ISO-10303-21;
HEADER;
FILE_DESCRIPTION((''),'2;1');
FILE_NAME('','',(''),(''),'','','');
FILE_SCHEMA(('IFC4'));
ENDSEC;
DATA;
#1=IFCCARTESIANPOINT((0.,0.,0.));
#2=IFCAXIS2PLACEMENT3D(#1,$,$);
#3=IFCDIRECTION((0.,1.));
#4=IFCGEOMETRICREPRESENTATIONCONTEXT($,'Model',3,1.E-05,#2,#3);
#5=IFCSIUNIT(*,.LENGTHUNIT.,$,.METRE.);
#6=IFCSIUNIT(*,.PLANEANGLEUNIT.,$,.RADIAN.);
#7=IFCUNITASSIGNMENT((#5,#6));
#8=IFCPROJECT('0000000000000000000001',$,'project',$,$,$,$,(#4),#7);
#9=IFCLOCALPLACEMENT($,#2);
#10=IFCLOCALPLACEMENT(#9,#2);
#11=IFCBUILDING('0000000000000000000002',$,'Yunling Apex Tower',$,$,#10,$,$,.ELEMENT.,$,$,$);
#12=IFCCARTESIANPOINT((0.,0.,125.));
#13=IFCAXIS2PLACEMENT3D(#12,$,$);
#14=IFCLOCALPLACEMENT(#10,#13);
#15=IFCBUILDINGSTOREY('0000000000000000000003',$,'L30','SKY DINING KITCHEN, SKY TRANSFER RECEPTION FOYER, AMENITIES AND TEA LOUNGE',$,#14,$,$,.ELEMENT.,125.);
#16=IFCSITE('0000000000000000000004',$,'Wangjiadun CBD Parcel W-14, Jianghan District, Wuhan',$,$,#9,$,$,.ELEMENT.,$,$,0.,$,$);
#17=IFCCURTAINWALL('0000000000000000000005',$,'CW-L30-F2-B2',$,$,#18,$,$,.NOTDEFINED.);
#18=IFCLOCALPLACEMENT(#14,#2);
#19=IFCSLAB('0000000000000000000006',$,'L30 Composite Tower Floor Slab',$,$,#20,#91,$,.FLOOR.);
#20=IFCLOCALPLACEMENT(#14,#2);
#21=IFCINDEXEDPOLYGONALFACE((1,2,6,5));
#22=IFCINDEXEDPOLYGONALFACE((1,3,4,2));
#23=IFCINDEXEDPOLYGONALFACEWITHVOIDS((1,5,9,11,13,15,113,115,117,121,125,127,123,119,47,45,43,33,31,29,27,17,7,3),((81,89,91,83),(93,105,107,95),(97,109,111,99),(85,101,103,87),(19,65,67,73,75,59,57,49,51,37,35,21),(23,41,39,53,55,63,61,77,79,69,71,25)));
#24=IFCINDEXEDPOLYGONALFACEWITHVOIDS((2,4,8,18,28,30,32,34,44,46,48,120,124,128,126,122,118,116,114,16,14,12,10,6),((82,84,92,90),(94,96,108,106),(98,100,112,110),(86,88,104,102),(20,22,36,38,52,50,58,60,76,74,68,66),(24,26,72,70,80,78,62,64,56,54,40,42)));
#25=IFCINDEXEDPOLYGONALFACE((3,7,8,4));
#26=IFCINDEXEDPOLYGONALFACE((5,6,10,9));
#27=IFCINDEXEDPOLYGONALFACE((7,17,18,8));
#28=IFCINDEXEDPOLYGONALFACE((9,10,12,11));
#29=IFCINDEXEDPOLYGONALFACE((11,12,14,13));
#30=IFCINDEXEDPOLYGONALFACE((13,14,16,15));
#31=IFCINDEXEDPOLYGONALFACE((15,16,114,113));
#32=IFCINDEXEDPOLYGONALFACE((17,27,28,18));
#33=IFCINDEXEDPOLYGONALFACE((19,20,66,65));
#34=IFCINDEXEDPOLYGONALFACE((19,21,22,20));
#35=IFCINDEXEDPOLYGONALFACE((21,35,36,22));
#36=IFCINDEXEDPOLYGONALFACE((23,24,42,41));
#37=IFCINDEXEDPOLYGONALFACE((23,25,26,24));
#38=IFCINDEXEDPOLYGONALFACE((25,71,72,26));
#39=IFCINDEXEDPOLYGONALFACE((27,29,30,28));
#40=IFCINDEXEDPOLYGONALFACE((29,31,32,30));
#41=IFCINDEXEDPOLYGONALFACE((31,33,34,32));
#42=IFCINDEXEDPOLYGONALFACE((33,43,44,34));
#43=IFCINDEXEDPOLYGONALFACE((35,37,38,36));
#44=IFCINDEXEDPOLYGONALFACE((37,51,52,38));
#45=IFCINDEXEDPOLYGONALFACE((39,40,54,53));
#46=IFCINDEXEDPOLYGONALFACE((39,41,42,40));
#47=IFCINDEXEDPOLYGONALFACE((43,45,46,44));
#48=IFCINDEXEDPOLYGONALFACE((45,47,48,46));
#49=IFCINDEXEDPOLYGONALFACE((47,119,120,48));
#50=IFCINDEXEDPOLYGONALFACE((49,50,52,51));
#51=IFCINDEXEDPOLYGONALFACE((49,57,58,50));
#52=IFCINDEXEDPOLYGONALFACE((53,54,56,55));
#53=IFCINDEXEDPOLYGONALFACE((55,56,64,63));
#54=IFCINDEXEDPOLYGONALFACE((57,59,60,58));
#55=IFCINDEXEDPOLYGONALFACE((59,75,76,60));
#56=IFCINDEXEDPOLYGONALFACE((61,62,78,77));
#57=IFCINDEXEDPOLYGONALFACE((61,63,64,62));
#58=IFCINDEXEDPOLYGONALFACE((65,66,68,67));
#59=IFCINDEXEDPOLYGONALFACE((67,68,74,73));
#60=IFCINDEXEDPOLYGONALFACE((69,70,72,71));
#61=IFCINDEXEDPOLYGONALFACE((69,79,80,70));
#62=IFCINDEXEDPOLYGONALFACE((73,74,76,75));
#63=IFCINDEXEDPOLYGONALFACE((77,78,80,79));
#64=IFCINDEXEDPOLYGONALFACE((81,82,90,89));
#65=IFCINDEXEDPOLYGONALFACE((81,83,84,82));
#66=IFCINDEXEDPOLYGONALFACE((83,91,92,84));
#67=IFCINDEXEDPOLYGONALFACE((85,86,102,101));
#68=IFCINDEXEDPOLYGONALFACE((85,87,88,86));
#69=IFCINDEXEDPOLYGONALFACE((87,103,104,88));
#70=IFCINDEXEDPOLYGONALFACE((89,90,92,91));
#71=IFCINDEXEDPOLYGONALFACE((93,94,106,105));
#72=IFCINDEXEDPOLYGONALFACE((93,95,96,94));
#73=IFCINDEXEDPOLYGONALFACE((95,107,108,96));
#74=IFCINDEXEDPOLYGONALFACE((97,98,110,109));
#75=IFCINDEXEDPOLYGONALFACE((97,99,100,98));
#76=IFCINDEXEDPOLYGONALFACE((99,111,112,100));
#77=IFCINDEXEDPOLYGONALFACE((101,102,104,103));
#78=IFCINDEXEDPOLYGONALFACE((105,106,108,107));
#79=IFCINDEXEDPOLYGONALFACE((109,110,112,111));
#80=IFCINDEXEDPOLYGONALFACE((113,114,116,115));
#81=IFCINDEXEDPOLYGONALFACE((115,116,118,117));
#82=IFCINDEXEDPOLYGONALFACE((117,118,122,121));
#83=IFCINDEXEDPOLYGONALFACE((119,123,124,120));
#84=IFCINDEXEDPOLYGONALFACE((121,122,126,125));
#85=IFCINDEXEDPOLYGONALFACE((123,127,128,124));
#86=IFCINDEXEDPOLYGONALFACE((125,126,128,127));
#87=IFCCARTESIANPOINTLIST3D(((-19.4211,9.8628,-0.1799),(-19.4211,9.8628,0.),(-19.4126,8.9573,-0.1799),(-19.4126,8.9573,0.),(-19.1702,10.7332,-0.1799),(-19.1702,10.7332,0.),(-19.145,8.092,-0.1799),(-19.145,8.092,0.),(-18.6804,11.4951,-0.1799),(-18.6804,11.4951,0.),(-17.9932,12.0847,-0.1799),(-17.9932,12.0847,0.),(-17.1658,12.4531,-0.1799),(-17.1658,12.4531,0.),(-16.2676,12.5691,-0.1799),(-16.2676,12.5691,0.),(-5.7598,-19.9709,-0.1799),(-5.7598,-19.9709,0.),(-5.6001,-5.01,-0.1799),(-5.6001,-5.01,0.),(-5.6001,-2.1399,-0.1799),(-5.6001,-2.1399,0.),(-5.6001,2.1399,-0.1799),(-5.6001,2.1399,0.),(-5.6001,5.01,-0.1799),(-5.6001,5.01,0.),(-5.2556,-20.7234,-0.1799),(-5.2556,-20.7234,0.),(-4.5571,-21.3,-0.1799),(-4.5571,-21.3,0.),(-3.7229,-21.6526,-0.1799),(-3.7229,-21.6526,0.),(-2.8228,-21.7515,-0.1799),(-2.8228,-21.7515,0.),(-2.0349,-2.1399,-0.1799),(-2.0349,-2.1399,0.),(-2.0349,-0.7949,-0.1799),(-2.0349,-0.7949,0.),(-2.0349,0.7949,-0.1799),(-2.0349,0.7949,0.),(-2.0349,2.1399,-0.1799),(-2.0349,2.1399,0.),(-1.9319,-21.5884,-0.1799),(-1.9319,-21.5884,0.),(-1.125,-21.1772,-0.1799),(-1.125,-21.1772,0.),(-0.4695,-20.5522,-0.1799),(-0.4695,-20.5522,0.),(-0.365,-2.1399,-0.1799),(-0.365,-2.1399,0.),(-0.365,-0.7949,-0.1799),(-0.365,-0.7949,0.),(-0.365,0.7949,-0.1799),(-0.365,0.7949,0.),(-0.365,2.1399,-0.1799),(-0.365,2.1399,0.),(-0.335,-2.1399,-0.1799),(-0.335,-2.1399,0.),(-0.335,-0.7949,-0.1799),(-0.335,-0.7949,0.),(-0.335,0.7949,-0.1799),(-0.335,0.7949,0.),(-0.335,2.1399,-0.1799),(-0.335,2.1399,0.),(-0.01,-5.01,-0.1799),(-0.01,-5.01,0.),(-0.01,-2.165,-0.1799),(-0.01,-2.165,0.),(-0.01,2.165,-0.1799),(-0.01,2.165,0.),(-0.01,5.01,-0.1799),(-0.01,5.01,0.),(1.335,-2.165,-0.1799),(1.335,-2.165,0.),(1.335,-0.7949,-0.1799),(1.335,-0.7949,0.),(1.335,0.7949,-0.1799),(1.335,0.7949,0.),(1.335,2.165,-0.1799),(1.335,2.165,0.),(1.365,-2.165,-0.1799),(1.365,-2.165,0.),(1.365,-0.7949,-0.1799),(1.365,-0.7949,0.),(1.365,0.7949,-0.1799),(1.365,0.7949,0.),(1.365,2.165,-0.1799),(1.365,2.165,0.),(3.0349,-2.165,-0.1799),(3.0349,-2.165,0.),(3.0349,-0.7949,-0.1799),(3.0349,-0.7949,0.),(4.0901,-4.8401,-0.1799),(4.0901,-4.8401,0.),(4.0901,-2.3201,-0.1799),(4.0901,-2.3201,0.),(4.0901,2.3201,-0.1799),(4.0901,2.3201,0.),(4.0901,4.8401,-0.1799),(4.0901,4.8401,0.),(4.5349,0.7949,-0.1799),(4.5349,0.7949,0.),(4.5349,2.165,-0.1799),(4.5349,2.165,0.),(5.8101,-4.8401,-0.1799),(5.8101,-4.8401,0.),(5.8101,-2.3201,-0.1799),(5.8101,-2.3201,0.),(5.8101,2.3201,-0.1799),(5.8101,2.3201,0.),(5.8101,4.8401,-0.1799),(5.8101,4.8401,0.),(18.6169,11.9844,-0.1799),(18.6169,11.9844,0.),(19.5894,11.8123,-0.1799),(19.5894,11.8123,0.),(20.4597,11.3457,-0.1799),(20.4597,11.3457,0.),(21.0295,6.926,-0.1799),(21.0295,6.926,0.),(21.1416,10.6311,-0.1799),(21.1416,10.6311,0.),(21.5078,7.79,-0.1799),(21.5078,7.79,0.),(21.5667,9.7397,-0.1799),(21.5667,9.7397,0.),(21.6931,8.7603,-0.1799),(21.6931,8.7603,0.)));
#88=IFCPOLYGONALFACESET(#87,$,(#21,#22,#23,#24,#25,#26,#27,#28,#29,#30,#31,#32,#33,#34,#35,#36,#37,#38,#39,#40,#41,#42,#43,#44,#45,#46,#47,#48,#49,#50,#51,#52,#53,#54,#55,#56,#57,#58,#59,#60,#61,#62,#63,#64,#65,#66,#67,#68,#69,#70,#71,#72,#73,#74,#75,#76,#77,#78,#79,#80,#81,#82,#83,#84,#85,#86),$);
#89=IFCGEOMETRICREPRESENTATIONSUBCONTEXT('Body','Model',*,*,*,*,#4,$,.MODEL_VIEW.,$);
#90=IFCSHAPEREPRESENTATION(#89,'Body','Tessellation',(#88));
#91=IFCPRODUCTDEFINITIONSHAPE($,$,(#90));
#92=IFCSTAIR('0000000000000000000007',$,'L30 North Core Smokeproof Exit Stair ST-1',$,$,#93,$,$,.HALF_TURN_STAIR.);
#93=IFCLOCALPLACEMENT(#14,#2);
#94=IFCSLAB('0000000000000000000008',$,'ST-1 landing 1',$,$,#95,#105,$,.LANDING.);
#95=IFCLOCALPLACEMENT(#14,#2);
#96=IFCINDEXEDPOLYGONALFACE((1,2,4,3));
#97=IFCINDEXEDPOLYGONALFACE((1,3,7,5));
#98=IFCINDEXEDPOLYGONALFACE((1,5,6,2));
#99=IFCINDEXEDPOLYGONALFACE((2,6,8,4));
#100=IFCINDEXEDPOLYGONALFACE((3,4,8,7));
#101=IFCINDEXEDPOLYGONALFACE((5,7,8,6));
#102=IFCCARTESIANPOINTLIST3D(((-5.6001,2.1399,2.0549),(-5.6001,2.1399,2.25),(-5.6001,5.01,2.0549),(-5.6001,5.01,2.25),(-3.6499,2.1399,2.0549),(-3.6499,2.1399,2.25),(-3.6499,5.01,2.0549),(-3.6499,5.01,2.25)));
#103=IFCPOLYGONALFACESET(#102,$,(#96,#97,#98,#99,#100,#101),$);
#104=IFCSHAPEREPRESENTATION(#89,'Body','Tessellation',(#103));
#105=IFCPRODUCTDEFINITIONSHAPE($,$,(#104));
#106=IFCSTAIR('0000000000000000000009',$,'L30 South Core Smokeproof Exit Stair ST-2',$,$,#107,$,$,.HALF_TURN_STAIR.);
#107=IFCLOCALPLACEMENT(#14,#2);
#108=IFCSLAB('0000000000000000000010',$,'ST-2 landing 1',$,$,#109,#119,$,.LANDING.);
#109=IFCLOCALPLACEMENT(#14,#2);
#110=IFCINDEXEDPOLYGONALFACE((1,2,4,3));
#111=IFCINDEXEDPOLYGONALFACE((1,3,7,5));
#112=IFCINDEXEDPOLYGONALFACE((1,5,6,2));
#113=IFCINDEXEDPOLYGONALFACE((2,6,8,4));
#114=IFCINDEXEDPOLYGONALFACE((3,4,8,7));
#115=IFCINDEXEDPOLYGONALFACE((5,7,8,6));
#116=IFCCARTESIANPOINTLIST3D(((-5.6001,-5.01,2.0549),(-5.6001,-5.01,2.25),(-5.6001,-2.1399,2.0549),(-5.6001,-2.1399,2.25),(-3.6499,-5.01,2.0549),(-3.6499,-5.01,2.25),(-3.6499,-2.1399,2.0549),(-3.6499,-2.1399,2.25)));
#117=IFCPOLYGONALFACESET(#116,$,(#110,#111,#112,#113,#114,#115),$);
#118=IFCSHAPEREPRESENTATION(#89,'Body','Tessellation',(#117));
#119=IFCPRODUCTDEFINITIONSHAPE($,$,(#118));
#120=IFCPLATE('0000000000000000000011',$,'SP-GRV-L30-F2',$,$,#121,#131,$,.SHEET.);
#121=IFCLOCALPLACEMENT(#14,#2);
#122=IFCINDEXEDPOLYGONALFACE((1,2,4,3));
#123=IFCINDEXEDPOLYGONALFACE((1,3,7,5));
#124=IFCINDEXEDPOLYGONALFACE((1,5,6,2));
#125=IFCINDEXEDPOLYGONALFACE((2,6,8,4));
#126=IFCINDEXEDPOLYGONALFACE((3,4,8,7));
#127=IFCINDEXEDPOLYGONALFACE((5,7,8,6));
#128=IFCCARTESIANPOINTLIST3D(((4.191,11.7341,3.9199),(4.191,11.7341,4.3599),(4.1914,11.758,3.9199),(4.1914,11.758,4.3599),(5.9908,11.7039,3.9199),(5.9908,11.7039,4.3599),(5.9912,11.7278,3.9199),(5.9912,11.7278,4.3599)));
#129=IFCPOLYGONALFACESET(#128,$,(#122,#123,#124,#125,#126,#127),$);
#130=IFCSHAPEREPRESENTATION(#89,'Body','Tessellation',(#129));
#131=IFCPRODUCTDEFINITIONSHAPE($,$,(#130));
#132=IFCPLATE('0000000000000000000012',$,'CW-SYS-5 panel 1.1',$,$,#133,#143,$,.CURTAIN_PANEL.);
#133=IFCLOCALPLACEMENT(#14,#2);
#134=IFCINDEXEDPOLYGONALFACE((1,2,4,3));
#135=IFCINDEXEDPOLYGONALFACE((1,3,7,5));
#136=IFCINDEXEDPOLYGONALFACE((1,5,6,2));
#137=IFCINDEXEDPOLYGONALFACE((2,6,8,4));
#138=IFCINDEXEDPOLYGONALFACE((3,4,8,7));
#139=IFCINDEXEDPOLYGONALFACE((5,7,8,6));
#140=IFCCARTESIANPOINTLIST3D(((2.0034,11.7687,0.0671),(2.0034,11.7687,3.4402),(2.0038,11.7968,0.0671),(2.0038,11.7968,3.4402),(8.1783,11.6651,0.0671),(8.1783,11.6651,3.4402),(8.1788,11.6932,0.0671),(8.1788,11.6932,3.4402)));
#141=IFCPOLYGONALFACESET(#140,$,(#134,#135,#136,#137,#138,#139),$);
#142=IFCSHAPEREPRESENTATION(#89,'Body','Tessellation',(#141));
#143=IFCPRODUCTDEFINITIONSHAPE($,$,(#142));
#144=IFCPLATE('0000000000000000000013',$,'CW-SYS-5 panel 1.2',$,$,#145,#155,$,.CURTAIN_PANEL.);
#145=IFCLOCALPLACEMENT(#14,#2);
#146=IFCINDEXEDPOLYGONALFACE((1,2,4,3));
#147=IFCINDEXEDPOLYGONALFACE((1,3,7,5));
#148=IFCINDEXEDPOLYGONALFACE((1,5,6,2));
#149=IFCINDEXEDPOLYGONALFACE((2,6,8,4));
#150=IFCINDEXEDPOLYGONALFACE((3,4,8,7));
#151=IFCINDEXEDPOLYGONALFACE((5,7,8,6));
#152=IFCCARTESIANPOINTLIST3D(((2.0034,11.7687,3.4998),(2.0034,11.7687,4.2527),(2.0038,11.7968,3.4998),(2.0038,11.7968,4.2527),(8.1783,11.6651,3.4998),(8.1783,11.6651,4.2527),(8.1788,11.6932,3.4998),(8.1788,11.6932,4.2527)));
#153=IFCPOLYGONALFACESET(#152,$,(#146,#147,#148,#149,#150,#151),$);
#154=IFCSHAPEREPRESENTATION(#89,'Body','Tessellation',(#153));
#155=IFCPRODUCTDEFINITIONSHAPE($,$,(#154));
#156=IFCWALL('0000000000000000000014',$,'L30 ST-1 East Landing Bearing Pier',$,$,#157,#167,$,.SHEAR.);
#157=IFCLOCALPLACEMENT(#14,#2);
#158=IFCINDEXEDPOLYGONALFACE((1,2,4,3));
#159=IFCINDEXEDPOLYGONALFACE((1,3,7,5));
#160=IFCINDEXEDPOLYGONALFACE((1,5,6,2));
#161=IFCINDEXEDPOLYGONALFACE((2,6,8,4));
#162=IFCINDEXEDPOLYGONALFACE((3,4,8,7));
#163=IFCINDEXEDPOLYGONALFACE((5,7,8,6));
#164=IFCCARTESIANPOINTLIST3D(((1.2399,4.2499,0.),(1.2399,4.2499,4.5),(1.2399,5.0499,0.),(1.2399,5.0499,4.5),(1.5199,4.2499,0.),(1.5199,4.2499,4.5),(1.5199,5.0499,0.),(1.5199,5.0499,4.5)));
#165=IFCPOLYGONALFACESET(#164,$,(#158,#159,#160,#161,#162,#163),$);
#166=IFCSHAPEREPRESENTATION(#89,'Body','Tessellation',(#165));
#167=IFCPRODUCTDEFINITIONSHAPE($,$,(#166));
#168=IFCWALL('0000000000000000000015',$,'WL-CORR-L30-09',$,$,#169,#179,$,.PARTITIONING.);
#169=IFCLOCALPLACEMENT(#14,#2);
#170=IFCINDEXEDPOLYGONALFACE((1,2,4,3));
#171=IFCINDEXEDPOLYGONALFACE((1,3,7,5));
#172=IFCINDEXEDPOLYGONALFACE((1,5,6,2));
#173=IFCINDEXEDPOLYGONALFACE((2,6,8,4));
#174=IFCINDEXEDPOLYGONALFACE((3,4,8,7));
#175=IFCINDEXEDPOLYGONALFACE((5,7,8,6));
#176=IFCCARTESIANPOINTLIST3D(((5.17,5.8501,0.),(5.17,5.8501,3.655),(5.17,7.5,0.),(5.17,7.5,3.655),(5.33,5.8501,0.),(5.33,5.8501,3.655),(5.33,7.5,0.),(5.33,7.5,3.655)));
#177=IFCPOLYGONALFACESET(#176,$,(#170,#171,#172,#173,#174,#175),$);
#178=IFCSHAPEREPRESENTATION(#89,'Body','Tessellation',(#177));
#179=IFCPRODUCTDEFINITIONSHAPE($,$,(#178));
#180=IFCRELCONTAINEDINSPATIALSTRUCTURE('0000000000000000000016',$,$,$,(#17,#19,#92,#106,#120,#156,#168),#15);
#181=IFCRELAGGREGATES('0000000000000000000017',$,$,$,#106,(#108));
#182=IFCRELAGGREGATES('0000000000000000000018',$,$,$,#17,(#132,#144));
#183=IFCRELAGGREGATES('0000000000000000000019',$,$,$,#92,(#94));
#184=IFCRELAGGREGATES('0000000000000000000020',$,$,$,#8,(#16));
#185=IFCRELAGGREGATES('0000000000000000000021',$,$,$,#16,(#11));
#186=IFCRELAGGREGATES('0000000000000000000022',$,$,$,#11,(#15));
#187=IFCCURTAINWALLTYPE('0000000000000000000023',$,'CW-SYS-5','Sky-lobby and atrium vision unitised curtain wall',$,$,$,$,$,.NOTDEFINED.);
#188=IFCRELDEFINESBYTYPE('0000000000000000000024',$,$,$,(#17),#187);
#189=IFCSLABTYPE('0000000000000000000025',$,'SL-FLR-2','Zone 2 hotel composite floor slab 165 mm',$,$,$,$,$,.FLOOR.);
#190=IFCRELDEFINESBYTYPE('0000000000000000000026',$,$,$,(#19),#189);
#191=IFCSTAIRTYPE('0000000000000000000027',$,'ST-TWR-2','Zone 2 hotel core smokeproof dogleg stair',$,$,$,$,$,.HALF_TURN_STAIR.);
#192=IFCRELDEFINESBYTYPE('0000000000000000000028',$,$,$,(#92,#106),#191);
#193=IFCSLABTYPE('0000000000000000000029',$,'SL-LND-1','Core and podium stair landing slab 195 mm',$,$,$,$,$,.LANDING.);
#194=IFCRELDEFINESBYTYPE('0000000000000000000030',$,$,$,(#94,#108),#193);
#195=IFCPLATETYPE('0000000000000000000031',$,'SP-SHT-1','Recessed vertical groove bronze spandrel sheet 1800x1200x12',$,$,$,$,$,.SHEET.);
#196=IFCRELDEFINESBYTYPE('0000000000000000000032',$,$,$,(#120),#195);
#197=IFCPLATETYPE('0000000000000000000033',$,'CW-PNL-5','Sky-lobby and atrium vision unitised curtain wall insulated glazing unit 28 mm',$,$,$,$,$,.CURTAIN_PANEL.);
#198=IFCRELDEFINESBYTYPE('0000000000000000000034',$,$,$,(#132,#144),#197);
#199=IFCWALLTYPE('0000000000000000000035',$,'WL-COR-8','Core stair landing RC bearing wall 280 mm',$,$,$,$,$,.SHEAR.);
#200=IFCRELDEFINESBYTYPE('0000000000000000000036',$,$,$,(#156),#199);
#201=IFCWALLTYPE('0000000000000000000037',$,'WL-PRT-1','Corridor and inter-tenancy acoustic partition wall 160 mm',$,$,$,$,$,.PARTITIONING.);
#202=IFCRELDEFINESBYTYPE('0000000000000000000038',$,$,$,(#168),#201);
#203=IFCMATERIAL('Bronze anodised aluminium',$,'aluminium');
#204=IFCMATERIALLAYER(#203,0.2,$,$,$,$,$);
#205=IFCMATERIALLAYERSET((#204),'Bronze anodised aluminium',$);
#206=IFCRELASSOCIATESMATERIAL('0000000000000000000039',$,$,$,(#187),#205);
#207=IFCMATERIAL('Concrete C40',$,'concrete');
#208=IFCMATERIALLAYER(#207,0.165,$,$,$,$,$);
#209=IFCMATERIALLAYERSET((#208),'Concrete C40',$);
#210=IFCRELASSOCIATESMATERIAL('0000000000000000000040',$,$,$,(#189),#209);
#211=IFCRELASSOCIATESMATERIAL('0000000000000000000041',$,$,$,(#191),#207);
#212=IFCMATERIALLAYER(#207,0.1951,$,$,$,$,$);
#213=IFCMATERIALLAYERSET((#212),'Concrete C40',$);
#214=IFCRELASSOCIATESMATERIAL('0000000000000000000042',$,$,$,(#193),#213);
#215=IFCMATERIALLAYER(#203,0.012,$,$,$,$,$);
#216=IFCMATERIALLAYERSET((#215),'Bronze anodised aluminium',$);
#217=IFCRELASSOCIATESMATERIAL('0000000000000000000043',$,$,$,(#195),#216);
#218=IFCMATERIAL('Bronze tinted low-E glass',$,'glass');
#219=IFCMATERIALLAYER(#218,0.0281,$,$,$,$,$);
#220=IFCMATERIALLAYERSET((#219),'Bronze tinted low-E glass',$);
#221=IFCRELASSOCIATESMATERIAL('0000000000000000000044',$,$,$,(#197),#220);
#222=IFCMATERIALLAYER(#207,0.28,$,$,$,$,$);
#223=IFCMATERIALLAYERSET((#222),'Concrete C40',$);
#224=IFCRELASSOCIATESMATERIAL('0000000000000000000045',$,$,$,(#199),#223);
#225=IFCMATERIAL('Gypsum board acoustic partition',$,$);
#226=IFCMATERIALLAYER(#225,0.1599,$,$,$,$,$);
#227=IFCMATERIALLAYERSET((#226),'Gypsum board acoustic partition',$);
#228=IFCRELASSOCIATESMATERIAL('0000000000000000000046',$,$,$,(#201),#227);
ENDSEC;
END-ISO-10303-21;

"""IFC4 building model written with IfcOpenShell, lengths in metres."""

from ifc_helpers import new_model, si_unit, direction, frame, frame_2d, origin, origin_2d, place, context, subcontext, project, spatial, polyline, rectangle, outline, extrude, source, transform, mapped, material, layer, layer_set, type_object, element, aggregate, save


model = new_model("IFC4")

# Units and contexts
model_context = context("Model", 3, precision=1e-05, world=origin(), true_north=direction((0.0, 1.0)))
body_context = subcontext(model_context, "Body", "Model", "MODEL_VIEW")
ifc_project = project(units=[si_unit("LENGTHUNIT", "METRE"), si_unit("PLANEANGLEUNIT", "RADIAN")], contexts=[model_context])

# Site, building, storey
site_placement = place(None, origin())
site = spatial("IfcSite", under=ifc_project, at=site_placement, Name="Wangjiadun CBD Parcel W-14, Jianghan District, Wuhan", CompositionType="ELEMENT", RefElevation=0.0)
building_placement = place(site_placement, origin())
building = spatial("IfcBuilding", under=site, at=building_placement, Name="Yunling Apex Tower", CompositionType="ELEMENT")
storey_placement = place(building_placement, frame((0.0, 0.0, 125.0)))
storey = spatial("IfcBuildingStorey", under=building, at=storey_placement, Name="L30", Description="SKY DINING KITCHEN, SKY TRANSFER RECEPTION FOYER, AMENITIES AND TEA LOUNGE", CompositionType="ELEMENT", Elevation=125.0)

# Curtain wall
ifc_material_1 = material(Name="Bronze anodised aluminium", Category="aluminium")
ifc_layer_1 = layer(ifc_material_1, 0.2)
ifc_layer_set_1 = layer_set([ifc_layer_1], Name="Bronze anodised aluminium")
curtain_wall_type = type_object("IfcCurtainWallType", Name="CW-SYS-5", Description="Sky-lobby and atrium vision unitised curtain wall", PredefinedType="NOTDEFINED", material=ifc_layer_set_1)
curtain_wall_1_placement = place(storey_placement, origin())
curtain_wall_1 = element("IfcCurtainWall", 1, at=curtain_wall_1_placement, inside=storey, type_object=curtain_wall_type, Name="CW-L30-F2-B2", PredefinedType="NOTDEFINED")

# Slab
ifc_material_2 = material(Name="Concrete C40", Category="concrete")
ifc_layer_2 = layer(ifc_material_2, 0.165)
ifc_layer_set_2 = layer_set([ifc_layer_2], Name="Concrete C40")
slab_type_1 = type_object("IfcSlabType", Name="SL-FLR-2", Description="Zone 2 hotel composite floor slab 165 mm", PredefinedType="FLOOR", material=ifc_layer_set_2)
slab_1_placement = place(storey_placement, frame((0.0, 0.0, -0.1799)))
element("IfcSlab", 2, at=slab_1_placement, inside=storey, type_object=slab_type_1, Name="L30 Composite Tower Floor Slab", PredefinedType="FLOOR", context=body_context, shape_type="SweptSolid", body=[
    extrude(outline(polyline([(-5.7598, -19.9709), (-5.2556, -20.7234), (-4.5571, -21.3), (-3.7229, -21.6526), (-2.8228, -21.7515), (-1.9319, -21.5884), (-1.125, -21.1772), (-0.4695, -20.5522), (21.0295, 6.926), (21.5078, 7.79), (21.6931, 8.7603), (21.5667, 9.7397), (21.1416, 10.6311), (20.4597, 11.3457), (19.5894, 11.8123), (18.6169, 11.9844), (-16.2676, 12.5691), (-17.1658, 12.4531), (-17.9932, 12.0847), (-18.6804, 11.4951), (-19.1702, 10.7332), (-19.4211, 9.8628), (-19.4126, 8.9573), (-19.145, 8.092), (-5.7598, -19.9709)]), holes=[polyline([(5.8101, -2.3201), (5.8101, -4.8401), (4.0901, -4.8401), (4.0901, -2.3201), (5.8101, -2.3201)]), polyline([(5.8101, 4.8401), (5.8101, 2.3201), (4.0901, 2.3201), (4.0901, 4.8401), (5.8101, 4.8401)]), polyline([(4.5349, 0.7949), (1.365, 0.7949), (1.365, 2.165), (4.5349, 2.165), (4.5349, 0.7949)]), polyline([(3.0349, -0.7949), (3.0349, -2.165), (1.365, -2.165), (1.365, -0.7949), (3.0349, -0.7949)]), polyline([(-2.0349, -0.7949), (-0.365, -0.7949), (-0.365, -2.1399), (-0.335, -2.1399), (-0.335, -0.7949), (1.335, -0.7949), (1.335, -2.165), (-0.01, -2.165), (-0.01, -5.01), (-5.6001, -5.01), (-5.6001, -2.1399), (-2.0349, -2.1399), (-2.0349, -0.7949)]), polyline([(-5.6001, 2.1399), (-5.6001, 5.01), (-0.01, 5.01), (-0.01, 2.165), (1.335, 2.165), (1.335, 0.7949), (-0.335, 0.7949), (-0.335, 2.1399), (-0.365, 2.1399), (-0.365, 0.7949), (-2.0349, 0.7949), (-2.0349, 2.1399), (-5.6001, 2.1399)])]), origin(), (0.0, 0.0, 1.0), 0.1799),
])

# Stairs, slabs
stair_type = type_object("IfcStairType", Name="ST-TWR-2", Description="Zone 2 hotel core smokeproof dogleg stair", PredefinedType="HALF_TURN_STAIR", material=ifc_material_2)
stair_1_placement = place(storey_placement, origin())
stair_1 = element("IfcStair", 3, at=stair_1_placement, inside=storey, type_object=stair_type, Name="L30 North Core Smokeproof Exit Stair ST-1", PredefinedType="HALF_TURN_STAIR")
ifc_layer_3 = layer(ifc_material_2, 0.1951)
ifc_layer_set_3 = layer_set([ifc_layer_3], Name="Concrete C40")
slab_type_2 = type_object("IfcSlabType", Name="SL-LND-1", Description="Core and podium stair landing slab 195 mm", PredefinedType="LANDING", material=ifc_layer_set_3)
slab_2_placement = place(storey_placement, frame((0.0, 0.0, 2.0549)))
slab_2 = element("IfcSlab", 4, at=slab_2_placement, type_object=slab_type_2, Name="ST-1 landing 1", PredefinedType="LANDING", context=body_context, shape_type="SweptSolid", body=[
    extrude(outline(polyline([(-3.6499, 5.01), (-5.6001, 5.01), (-5.6001, 2.1399), (-3.6499, 2.1399), (-3.6499, 5.01)])), origin(), (0.0, 0.0, 1.0), 0.1951),
])
stair_2_placement = place(storey_placement, origin())
stair_2 = element("IfcStair", 5, at=stair_2_placement, inside=storey, type_object=stair_type, Name="L30 South Core Smokeproof Exit Stair ST-2", PredefinedType="HALF_TURN_STAIR")
slab_3_placement = place(storey_placement, frame((0.0, 0.0, 2.0549)))
slab_3 = element("IfcSlab", 6, at=slab_3_placement, type_object=slab_type_2, Name="ST-2 landing 1", PredefinedType="LANDING", context=body_context, shape_type="SweptSolid", body=[
    extrude(outline(polyline([(-3.6499, -2.1399), (-5.6001, -2.1399), (-5.6001, -5.01), (-3.6499, -5.01), (-3.6499, -2.1399)])), origin(), (0.0, 0.0, 1.0), 0.1951),
])
aggregate(stair_2, [slab_3])

# Plates
ifc_layer_4 = layer(ifc_material_1, 0.012)
ifc_layer_set_4 = layer_set([ifc_layer_4], Name="Bronze anodised aluminium")
plate_type_1 = type_object("IfcPlateType", Name="SP-SHT-1", Description="Recessed vertical groove bronze spandrel sheet 1800x1200x12", PredefinedType="SHEET", material=ifc_layer_set_4)
shared_shape_1 = source(origin(), body_context, "Body", "SweptSolid", [
    extrude(rectangle(XDim=1.8, YDim=0.0239, at=origin_2d()), origin(), (0.0, 0.0, 1.0), 0.4399),
])
plate_1_placement = place(storey_placement, frame((5.0911, 11.731, 3.9199), z_axis=(0.0, 0.0, 1.0), x_axis=(-0.99986, 0.016754, 0.0)))
element("IfcPlate", 7, at=plate_1_placement, inside=storey, type_object=plate_type_1, Name="SP-GRV-L30-F2", PredefinedType="SHEET", context=body_context, shape_type="MappedRepresentation", body=[
    mapped(shared_shape_1, transform((0.0, 0.0, 0.0), scale=1.0)),
])
ifc_material_3 = material(Name="Bronze tinted low-E glass", Category="glass")
ifc_layer_5 = layer(ifc_material_3, 0.0281)
ifc_layer_set_5 = layer_set([ifc_layer_5], Name="Bronze tinted low-E glass")
plate_type_2 = type_object("IfcPlateType", Name="CW-PNL-5", Description="Sky-lobby and atrium vision unitised curtain wall insulated glazing unit 28 mm", PredefinedType="CURTAIN_PANEL", material=ifc_layer_set_5)
shared_shape_2 = source(origin(), body_context, "Body", "SweptSolid", [
    extrude(rectangle(XDim=6.1758, YDim=0.0281, at=origin_2d()), origin(), (0.0, 0.0, 1.0), 3.373),
])
plate_2_placement = place(storey_placement, frame((5.0911, 11.731, 0.0671), z_axis=(0.0, 0.0, 1.0), x_axis=(-0.999859, 0.016767, 0.0)))
plate_2 = element("IfcPlate", 8, at=plate_2_placement, type_object=plate_type_2, Name="CW-SYS-5 panel 1.1", PredefinedType="CURTAIN_PANEL", context=body_context, shape_type="MappedRepresentation", body=[
    mapped(shared_shape_2, transform((0.0, 0.0, 0.0), scale=1.0)),
])
shared_shape_3 = source(origin(), body_context, "Body", "SweptSolid", [
    extrude(rectangle(XDim=6.1758, YDim=0.0281, at=origin_2d()), origin(), (0.0, 0.0, 1.0), 0.7529),
])
plate_3_placement = place(storey_placement, frame((5.0911, 11.731, 3.4998), z_axis=(0.0, 0.0, 1.0), x_axis=(-0.999859, 0.016767, 0.0)))
plate_3 = element("IfcPlate", 9, at=plate_3_placement, type_object=plate_type_2, Name="CW-SYS-5 panel 1.2", PredefinedType="CURTAIN_PANEL", context=body_context, shape_type="MappedRepresentation", body=[
    mapped(shared_shape_3, transform((0.0, 0.0, 0.0), scale=1.0)),
])
aggregate(curtain_wall_1, [plate_2, plate_3])

# Walls
ifc_layer_6 = layer(ifc_material_2, 0.28)
ifc_layer_set_6 = layer_set([ifc_layer_6], Name="Concrete C40")
wall_type_1 = type_object("IfcWallType", Name="WL-COR-8", Description="Core stair landing RC bearing wall 280 mm", PredefinedType="SHEAR", material=ifc_layer_set_6)
wall_1_placement = place(storey_placement, frame((1.3799, 4.25, 0.0), z_axis=(0.0, 0.0, 1.0), x_axis=(0.0, 1.0, 0.0)))
element("IfcWall", 10, at=wall_1_placement, inside=storey, type_object=wall_type_1, Name="L30 ST-1 East Landing Bearing Pier", PredefinedType="SHEAR", context=body_context, shape_type="SweptSolid", body=[
    extrude(rectangle(XDim=0.8, YDim=0.28, at=frame_2d((0.3999, 0.0))), origin(), (0.0, 0.0, 1.0), 4.5),
])
ifc_material_4 = material(Name="Gypsum board acoustic partition")
ifc_layer_7 = layer(ifc_material_4, 0.1599)
ifc_layer_set_7 = layer_set([ifc_layer_7], Name="Gypsum board acoustic partition")
wall_type_2 = type_object("IfcWallType", Name="WL-PRT-1", Description="Corridor and inter-tenancy acoustic partition wall 160 mm", PredefinedType="PARTITIONING", material=ifc_layer_set_7)
wall_2_placement = place(storey_placement, frame((5.25, 7.5, 0.0), z_axis=(0.0, 0.0, 1.0), x_axis=(0.0, -1.0, 0.0)))
element("IfcWall", 11, at=wall_2_placement, inside=storey, type_object=wall_type_2, Name="WL-CORR-L30-09", PredefinedType="PARTITIONING", context=body_context, shape_type="SweptSolid", body=[
    extrude(rectangle(XDim=1.6499, YDim=0.1599, at=frame_2d((0.825, 0.0))), origin(), (0.0, 0.0, 1.0), 3.655),
])

aggregate(stair_1, [slab_2])

save(model, "model.ifc")
